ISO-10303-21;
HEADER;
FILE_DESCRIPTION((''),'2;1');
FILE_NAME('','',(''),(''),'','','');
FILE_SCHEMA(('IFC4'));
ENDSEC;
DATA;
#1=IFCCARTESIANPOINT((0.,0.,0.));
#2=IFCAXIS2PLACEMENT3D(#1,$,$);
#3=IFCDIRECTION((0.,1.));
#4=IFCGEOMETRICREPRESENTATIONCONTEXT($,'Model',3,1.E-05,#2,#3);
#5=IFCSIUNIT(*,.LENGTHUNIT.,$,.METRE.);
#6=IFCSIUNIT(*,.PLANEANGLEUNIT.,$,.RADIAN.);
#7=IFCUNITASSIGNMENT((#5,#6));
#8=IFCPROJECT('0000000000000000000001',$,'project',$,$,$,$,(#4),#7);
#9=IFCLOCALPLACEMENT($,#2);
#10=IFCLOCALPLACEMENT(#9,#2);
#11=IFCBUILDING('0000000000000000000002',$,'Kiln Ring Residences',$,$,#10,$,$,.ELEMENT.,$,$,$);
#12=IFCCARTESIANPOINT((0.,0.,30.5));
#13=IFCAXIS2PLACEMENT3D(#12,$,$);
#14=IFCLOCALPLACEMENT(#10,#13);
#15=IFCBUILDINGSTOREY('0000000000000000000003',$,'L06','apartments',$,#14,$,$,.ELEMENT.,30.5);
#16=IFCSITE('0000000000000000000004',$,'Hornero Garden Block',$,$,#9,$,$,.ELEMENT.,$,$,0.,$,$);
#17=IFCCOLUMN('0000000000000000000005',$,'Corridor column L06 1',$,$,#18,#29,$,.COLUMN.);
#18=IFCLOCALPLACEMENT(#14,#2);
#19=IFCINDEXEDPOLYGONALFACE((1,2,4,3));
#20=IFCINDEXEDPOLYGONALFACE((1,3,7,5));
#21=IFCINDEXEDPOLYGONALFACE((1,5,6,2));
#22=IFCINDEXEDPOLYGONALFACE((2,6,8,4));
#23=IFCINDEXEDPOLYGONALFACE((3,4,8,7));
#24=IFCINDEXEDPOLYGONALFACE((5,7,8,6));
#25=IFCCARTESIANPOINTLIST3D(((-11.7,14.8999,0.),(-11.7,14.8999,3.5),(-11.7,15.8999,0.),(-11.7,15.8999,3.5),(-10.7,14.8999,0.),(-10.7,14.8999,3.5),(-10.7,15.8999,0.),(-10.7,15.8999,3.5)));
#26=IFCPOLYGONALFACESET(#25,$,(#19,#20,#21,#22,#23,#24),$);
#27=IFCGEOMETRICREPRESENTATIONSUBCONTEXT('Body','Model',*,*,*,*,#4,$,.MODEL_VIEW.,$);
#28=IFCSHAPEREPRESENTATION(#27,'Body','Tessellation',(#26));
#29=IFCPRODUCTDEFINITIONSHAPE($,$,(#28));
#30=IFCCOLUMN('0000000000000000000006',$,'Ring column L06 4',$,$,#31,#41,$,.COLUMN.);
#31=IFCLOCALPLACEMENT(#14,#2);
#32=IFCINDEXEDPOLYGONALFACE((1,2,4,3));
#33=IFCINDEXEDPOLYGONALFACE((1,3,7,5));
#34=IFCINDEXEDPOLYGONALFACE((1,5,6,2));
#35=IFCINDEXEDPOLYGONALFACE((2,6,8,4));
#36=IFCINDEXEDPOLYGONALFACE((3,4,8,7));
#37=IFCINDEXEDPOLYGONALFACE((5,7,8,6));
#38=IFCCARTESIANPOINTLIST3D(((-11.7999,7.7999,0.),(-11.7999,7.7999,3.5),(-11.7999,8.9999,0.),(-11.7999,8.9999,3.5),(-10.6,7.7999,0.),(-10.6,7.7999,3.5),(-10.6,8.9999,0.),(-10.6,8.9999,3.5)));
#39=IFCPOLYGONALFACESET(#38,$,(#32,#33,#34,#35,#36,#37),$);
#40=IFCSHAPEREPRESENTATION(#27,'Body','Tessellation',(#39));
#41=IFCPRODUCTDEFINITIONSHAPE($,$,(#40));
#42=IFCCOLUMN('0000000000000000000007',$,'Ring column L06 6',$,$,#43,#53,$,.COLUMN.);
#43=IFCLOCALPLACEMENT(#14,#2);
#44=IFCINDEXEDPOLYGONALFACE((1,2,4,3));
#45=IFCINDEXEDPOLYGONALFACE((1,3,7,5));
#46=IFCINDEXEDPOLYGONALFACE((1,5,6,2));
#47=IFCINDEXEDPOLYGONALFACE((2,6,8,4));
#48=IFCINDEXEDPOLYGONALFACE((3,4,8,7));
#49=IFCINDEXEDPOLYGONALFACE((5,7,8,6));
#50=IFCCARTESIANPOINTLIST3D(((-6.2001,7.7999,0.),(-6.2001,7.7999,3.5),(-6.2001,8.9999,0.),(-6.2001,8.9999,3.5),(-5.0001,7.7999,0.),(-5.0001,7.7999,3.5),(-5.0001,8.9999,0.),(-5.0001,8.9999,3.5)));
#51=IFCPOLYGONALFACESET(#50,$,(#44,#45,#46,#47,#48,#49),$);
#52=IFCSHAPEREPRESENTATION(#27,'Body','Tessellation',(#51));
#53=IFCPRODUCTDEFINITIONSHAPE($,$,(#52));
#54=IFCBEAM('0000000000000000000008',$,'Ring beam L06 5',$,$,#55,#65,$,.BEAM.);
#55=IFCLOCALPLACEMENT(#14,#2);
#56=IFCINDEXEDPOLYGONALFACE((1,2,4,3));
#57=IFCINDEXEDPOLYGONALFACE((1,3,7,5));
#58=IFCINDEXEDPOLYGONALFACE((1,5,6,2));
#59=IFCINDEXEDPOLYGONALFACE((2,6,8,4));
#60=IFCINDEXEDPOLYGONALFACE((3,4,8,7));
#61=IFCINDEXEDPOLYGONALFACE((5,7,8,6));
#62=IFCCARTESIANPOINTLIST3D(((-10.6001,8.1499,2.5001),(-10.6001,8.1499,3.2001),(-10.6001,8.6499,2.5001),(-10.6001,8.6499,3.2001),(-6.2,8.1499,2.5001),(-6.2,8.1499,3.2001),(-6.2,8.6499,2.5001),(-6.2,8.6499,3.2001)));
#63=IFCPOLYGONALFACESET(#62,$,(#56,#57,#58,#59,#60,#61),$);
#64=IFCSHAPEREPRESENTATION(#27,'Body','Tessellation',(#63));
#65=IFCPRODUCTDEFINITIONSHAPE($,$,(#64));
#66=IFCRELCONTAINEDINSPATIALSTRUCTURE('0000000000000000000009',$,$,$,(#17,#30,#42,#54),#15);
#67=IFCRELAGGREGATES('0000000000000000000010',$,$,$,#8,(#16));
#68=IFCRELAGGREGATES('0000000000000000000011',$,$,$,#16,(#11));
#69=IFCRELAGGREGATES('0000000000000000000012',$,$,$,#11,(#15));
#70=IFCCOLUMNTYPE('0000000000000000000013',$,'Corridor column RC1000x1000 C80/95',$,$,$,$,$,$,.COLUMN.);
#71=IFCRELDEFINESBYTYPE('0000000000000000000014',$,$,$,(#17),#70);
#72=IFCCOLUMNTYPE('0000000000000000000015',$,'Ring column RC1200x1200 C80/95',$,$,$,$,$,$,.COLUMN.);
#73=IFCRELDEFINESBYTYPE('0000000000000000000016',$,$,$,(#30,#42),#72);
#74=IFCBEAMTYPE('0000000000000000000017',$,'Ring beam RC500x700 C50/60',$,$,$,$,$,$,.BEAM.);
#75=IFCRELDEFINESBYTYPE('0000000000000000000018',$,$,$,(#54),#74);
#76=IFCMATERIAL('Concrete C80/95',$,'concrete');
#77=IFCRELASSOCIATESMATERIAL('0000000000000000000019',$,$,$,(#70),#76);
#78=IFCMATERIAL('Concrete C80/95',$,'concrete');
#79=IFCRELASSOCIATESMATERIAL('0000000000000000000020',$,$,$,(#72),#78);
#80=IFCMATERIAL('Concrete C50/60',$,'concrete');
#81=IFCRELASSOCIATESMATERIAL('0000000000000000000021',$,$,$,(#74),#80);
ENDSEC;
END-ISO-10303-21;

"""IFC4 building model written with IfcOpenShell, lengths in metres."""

from ifc_helpers import new_model, si_unit, direction, frame, origin, origin_2d, place, context, subcontext, project, spatial, rectangle, extrude, material, material_profile, profile_set, type_object, element, save


model = new_model("IFC4")

# Units and contexts
model_context = context("Model", 3, precision=1e-05, world=origin(), true_north=direction((0.0, 1.0)))
body_context = subcontext(model_context, "Body", "Model", "MODEL_VIEW")
ifc_project = project(units=[si_unit("LENGTHUNIT", "METRE"), si_unit("PLANEANGLEUNIT", "RADIAN")], contexts=[model_context])

# Site, building, storey
site_placement = place(None, origin())
site = spatial("IfcSite", under=ifc_project, at=site_placement, Name="Hornero Garden Block", CompositionType="ELEMENT", RefElevation=0.0)
building_placement = place(site_placement, origin())
building = spatial("IfcBuilding", under=site, at=building_placement, Name="Kiln Ring Residences", CompositionType="ELEMENT")
storey_placement = place(building_placement, frame((0.0, 0.0, 30.5)))
storey = spatial("IfcBuildingStorey", under=building, at=storey_placement, Name="L06", Description="apartments", CompositionType="ELEMENT", Elevation=30.5)

# Columns
ifc_material_1 = material(Name="Concrete C80/95", Category="concrete")
ifc_material_profile_1 = material_profile(ifc_material_1, rectangle(XDim=1.0, YDim=1.0, at=origin_2d()), Name="RC1000x1000")
ifc_profile_set_1 = profile_set([ifc_material_profile_1], Name="Concrete C80/95")
column_type_1 = type_object("IfcColumnType", Name="Corridor column RC1000x1000 C80/95", PredefinedType="COLUMN", material=ifc_profile_set_1)
column_placement = place(storey_placement, frame((-11.2, 15.3999, 0.0), z_axis=(0.0, 0.0, 1.0), x_axis=(1.0, 0.0, 0.0)))
element("IfcColumn", 1, at=column_placement, inside=storey, type_object=column_type_1, Name="Corridor column L06 1", PredefinedType="COLUMN", context=body_context, shape_type="SweptSolid", body=[
    extrude(rectangle(XDim=1.0, YDim=1.0, at=origin_2d()), origin(), (0.0, 0.0, 1.0), 3.5),
])
ifc_material_2 = material(Name="Concrete C80/95", Category="concrete")
ifc_material_profile_2 = material_profile(ifc_material_2, rectangle(XDim=1.2, YDim=1.2, at=origin_2d()), Name="RC1200x1200")
ifc_profile_set_2 = profile_set([ifc_material_profile_2], Name="Concrete C80/95")
column_type_2 = type_object("IfcColumnType", Name="Ring column RC1200x1200 C80/95", PredefinedType="COLUMN", material=ifc_profile_set_2)
for number, where, z_axis, x_axis, name in (
    (2, (-11.2, 8.3999, 0.0), (0.0, 0.0, 1.0), (1.0, 0.0, 0.0), "Ring column L06 4"),
    (3, (-5.6001, 8.3999, 0.0), (0.0, 0.0, 1.0), (1.0, 0.0, 0.0), "Ring column L06 6"),
):
    element("IfcColumn", number, at=place(storey_placement, frame(where, z_axis=z_axis, x_axis=x_axis)), inside=storey, type_object=column_type_2, Name=name, PredefinedType="COLUMN", context=body_context, shape_type="SweptSolid", body=[
        extrude(rectangle(XDim=1.2, YDim=1.2, at=origin_2d()), origin(), (0.0, 0.0, 1.0), 3.5),
    ])

# Beam
ifc_material_3 = material(Name="Concrete C50/60", Category="concrete")
ifc_material_profile_3 = material_profile(ifc_material_3, rectangle(XDim=0.5, YDim=0.7, at=origin_2d()), Name="RC500x700")
ifc_profile_set_3 = profile_set([ifc_material_profile_3], Name="Concrete C50/60")
beam_type = type_object("IfcBeamType", Name="Ring beam RC500x700 C50/60", PredefinedType="BEAM", material=ifc_profile_set_3)
beam_placement = place(storey_placement, frame((-10.6001, 8.3999, 2.8501), z_axis=(1.0, 0.0, 0.0), x_axis=(0.0, 1.0, 0.0)))
element("IfcBeam", 4, at=beam_placement, inside=storey, type_object=beam_type, Name="Ring beam L06 5", PredefinedType="BEAM", context=body_context, shape_type="SweptSolid", body=[
    extrude(rectangle(XDim=0.5, YDim=0.7, at=origin_2d()), origin(), (0.0, 0.0, 1.0), 4.4001),
])

save(model, "model.ifc")
